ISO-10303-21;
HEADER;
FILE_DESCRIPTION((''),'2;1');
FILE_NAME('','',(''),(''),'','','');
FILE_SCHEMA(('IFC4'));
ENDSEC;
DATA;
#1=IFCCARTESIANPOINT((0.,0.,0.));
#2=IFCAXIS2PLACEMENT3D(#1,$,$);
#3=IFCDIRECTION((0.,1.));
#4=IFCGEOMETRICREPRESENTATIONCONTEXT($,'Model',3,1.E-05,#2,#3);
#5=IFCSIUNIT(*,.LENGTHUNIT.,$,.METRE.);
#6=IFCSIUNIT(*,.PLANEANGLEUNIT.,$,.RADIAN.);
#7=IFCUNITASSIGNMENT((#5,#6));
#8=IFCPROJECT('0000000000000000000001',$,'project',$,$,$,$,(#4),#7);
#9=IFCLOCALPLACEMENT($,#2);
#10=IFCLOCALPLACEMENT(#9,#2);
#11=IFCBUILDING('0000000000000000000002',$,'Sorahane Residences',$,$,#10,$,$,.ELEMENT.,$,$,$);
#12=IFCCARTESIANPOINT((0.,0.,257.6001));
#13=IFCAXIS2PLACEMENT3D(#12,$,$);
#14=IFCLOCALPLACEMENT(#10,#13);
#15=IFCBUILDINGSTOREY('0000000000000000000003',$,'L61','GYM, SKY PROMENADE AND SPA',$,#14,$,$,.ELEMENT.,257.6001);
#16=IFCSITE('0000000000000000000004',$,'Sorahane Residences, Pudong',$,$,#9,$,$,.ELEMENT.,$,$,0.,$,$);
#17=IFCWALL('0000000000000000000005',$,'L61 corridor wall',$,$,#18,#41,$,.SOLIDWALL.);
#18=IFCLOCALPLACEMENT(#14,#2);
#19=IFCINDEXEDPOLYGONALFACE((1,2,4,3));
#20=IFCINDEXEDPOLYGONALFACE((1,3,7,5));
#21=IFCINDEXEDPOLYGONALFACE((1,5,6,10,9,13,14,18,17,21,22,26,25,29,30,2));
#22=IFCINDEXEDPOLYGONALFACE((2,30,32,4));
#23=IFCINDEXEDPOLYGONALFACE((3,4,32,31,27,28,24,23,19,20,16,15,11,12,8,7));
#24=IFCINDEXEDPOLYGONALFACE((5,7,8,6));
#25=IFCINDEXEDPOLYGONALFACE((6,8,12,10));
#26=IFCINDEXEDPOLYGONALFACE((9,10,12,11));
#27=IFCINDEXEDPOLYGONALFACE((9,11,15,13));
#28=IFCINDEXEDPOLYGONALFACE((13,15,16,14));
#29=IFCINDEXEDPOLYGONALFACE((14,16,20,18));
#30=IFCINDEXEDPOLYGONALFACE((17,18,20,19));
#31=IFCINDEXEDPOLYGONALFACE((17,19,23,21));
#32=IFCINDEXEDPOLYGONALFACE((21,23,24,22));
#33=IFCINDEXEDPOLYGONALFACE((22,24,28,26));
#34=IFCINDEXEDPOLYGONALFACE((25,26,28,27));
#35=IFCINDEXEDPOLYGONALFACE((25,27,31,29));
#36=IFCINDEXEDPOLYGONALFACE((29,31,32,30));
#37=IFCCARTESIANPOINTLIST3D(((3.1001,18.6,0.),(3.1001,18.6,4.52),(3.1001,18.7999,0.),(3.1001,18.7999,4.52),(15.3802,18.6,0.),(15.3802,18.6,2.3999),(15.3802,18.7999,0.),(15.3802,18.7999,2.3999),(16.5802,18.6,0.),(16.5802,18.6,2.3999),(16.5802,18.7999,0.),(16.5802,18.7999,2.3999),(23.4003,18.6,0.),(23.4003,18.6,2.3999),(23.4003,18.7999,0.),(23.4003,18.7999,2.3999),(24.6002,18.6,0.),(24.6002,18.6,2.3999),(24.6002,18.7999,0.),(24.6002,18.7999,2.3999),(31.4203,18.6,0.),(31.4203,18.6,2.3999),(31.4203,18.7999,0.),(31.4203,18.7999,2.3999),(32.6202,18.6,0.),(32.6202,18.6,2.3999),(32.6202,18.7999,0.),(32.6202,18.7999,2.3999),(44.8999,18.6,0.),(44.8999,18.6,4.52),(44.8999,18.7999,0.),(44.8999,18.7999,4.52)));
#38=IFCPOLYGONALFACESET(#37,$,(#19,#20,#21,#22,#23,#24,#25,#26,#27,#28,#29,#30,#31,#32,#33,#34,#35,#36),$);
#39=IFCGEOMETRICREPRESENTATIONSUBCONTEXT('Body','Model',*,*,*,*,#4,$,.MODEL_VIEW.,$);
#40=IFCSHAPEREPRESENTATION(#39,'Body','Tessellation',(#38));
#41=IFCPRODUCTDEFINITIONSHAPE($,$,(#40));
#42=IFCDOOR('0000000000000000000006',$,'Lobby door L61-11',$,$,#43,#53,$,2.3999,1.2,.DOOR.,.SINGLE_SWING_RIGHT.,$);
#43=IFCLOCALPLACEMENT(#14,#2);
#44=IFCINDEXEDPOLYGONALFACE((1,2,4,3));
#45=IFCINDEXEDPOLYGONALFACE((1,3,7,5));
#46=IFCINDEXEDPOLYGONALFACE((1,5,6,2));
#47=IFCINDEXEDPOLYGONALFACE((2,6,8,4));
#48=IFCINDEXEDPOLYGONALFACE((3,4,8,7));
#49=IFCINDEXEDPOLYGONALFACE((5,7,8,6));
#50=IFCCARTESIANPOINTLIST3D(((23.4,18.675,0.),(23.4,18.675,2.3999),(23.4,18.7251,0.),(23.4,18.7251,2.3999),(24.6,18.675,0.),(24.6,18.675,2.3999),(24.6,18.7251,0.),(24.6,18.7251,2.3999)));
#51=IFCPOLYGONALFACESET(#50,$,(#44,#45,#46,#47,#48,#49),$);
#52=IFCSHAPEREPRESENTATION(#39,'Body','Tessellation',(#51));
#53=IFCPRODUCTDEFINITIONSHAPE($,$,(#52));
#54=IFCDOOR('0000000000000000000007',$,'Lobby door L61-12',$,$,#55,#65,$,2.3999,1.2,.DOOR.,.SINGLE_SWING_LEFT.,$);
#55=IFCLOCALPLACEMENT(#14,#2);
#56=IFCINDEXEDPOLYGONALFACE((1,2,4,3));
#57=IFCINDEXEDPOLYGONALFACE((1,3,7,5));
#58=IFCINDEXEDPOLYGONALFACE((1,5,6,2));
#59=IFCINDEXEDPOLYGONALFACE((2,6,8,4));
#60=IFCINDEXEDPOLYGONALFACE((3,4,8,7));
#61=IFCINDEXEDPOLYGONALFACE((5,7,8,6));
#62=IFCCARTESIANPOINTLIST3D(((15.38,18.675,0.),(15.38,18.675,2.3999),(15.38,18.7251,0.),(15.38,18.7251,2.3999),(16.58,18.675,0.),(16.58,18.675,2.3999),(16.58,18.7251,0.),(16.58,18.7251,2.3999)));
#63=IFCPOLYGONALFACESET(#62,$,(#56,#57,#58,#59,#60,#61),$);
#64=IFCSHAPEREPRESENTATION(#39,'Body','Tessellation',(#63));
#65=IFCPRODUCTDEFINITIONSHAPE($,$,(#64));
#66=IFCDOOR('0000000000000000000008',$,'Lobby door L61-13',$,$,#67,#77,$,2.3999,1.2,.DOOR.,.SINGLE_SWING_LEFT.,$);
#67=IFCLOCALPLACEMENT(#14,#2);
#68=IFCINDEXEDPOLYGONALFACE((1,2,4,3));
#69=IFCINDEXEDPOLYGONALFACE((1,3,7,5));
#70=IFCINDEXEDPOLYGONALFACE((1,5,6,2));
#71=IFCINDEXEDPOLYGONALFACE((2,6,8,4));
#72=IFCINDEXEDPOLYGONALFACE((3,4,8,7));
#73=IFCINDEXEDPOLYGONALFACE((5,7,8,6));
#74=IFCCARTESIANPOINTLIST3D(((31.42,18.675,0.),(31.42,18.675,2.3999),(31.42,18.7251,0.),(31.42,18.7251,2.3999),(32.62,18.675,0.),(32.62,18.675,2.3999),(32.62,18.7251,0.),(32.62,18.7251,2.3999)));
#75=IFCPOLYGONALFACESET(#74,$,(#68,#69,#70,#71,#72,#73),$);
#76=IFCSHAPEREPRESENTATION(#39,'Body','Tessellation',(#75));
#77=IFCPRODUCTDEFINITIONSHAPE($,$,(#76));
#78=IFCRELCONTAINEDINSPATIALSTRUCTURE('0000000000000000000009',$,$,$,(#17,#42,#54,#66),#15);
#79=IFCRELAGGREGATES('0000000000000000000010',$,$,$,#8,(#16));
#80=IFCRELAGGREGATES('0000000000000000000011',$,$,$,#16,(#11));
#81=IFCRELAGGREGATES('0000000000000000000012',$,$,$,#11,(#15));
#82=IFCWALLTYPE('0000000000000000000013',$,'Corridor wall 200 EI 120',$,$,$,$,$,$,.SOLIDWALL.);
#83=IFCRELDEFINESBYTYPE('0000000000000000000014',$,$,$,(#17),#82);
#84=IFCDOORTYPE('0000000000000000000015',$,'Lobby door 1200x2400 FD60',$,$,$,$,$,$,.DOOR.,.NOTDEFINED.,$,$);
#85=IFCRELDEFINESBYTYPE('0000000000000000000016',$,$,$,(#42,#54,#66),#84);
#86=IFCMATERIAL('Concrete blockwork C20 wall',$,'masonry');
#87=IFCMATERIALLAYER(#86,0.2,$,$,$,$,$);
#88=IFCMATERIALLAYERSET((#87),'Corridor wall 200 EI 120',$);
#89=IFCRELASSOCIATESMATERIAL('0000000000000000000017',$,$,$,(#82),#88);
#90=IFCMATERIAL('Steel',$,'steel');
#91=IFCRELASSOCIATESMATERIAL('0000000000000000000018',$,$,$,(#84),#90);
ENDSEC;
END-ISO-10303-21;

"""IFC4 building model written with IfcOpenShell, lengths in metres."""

from ifc_helpers import new_model, si_unit, direction, frame, frame_2d, origin, place, context, subcontext, project, spatial, rectangle, extrude, material, layer, layer_set, type_object, element, fill, save


model = new_model("IFC4")

# Units and contexts
model_context = context("Model", 3, precision=1e-05, world=origin(), true_north=direction((0.0, 1.0)))
body_context = subcontext(model_context, "Body", "Model", "MODEL_VIEW")
ifc_project = project(units=[si_unit("LENGTHUNIT", "METRE"), si_unit("PLANEANGLEUNIT", "RADIAN")], contexts=[model_context])

# Site, building, storey
site_placement = place(None, origin())
site = spatial("IfcSite", under=ifc_project, at=site_placement, Name="Sorahane Residences, Pudong", CompositionType="ELEMENT", RefElevation=0.0)
building_placement = place(site_placement, origin())
building = spatial("IfcBuilding", under=site, at=building_placement, Name="Sorahane Residences", CompositionType="ELEMENT")
storey_placement = place(building_placement, frame((0.0, 0.0, 257.6001)))
storey = spatial("IfcBuildingStorey", under=building, at=storey_placement, Name="L61", Description="GYM, SKY PROMENADE AND SPA", CompositionType="ELEMENT", Elevation=257.6001)

# Shared definitions
ifc_material_1 = material(Name="Concrete blockwork C20 wall", Category="masonry")
ifc_layer_1 = layer(ifc_material_1, 0.2)
ifc_layer_set_1 = layer_set([ifc_layer_1], Name="Corridor wall 200 EI 120")
wall_type_1 = type_object("IfcWallType", Name="Corridor wall 200 EI 120", PredefinedType="SOLIDWALL", material=ifc_layer_set_1)

# Wall, openings, doors
wall_1_placement = place(storey_placement, frame((3.1001, 18.7, 0.0), z_axis=(0.0, 0.0, 1.0), x_axis=(1.0, 0.0, 0.0)))
wall_1 = element("IfcWall", 1, at=wall_1_placement, inside=storey, type_object=wall_type_1, Name="L61 corridor wall", PredefinedType="SOLIDWALL", context=body_context, shape_type="SweptSolid", body=[
    extrude(rectangle(XDim=41.7998, YDim=0.2, at=frame_2d((20.8999, 0.0))), origin(), (0.0, 0.0, 1.0), 4.52),
])
opening_1_placement = place(wall_1_placement, frame((20.3, 0.0, 0.0)))
opening_1 = element("IfcOpeningElement", 2, at=opening_1_placement, cuts=wall_1, PredefinedType="OPENING", context=body_context, shape_type="SweptSolid", body=[
    extrude(rectangle(XDim=1.2, YDim=2.3999, at=frame_2d((0.6001, 1.2))), frame((0.0, 0.1099, 0.0), z_axis=(0.0, -1.0, 0.0), x_axis=(1.0, 0.0, 0.0)), (0.0, 0.0, 1.0), 0.22),
])
opening_2_placement = place(wall_1_placement, frame((12.28, 0.0, 0.0)))
opening_2 = element("IfcOpeningElement", 3, at=opening_2_placement, cuts=wall_1, PredefinedType="OPENING", context=body_context, shape_type="SweptSolid", body=[
    extrude(rectangle(XDim=1.2, YDim=2.3999, at=frame_2d((0.6001, 1.2))), frame((0.0, 0.1099, 0.0), z_axis=(0.0, -1.0, 0.0), x_axis=(1.0, 0.0, 0.0)), (0.0, 0.0, 1.0), 0.22),
])
opening_3_placement = place(wall_1_placement, frame((28.3201, 0.0, 0.0)))
opening_3 = element("IfcOpeningElement", 4, at=opening_3_placement, cuts=wall_1, PredefinedType="OPENING", context=body_context, shape_type="SweptSolid", body=[
    extrude(rectangle(XDim=1.2, YDim=2.3999, at=frame_2d((0.6001, 1.2))), frame((0.0, 0.1099, 0.0), z_axis=(0.0, -1.0, 0.0), x_axis=(1.0, 0.0, 0.0)), (0.0, 0.0, 1.0), 0.22),
])
ifc_material_2 = material(Name="Steel", Category="steel")
door_type_1 = type_object("IfcDoorType", Name="Lobby door 1200x2400 FD60", OperationType="NOTDEFINED", PredefinedType="DOOR", material=ifc_material_2)
door_1_placement = place(opening_1_placement, frame((1.2, 0.0, 0.0), z_axis=(0.0, 0.0, 1.0), x_axis=(-1.0, 0.0, 0.0)))
door_1 = element("IfcDoor", 5, at=door_1_placement, inside=storey, type_object=door_type_1, Name="Lobby door L61-11", OperationType="SINGLE_SWING_RIGHT", OverallHeight=2.3999, OverallWidth=1.2, PredefinedType="DOOR", context=body_context, shape_type="SweptSolid", body=[
    extrude(rectangle(XDim=1.2, YDim=2.3999, at=frame_2d((0.6001, 1.2))), frame((0.0, 0.0249, 0.0), z_axis=(0.0, -1.0, 0.0), x_axis=(1.0, 0.0, 0.0)), (0.0, 0.0, 1.0), 0.05),
])
fill(opening_1, door_1)
door_2_placement = place(opening_2_placement, frame((1.2, 0.0, 0.0), z_axis=(0.0, 0.0, 1.0), x_axis=(-1.0, 0.0, 0.0)))
door_2 = element("IfcDoor", 6, at=door_2_placement, inside=storey, type_object=door_type_1, Name="Lobby door L61-12", OperationType="SINGLE_SWING_LEFT", OverallHeight=2.3999, OverallWidth=1.2, PredefinedType="DOOR", context=body_context, shape_type="SweptSolid", body=[
    extrude(rectangle(XDim=1.2, YDim=2.3999, at=frame_2d((0.6001, 1.2))), frame((0.0, 0.0249, 0.0), z_axis=(0.0, -1.0, 0.0), x_axis=(1.0, 0.0, 0.0)), (0.0, 0.0, 1.0), 0.05),
])
fill(opening_2, door_2)
door_3_placement = place(opening_3_placement, frame((1.2, 0.0, 0.0), z_axis=(0.0, 0.0, 1.0), x_axis=(-1.0, 0.0, 0.0)))
door_3 = element("IfcDoor", 7, at=door_3_placement, inside=storey, type_object=door_type_1, Name="Lobby door L61-13", OperationType="SINGLE_SWING_LEFT", OverallHeight=2.3999, OverallWidth=1.2, PredefinedType="DOOR", context=body_context, shape_type="SweptSolid", body=[
    extrude(rectangle(XDim=1.2, YDim=2.3999, at=frame_2d((0.6001, 1.2))), frame((0.0, 0.0249, 0.0), z_axis=(0.0, -1.0, 0.0), x_axis=(1.0, 0.0, 0.0)), (0.0, 0.0, 1.0), 0.05),
])
fill(opening_3, door_3)

save(model, "model.ifc")
